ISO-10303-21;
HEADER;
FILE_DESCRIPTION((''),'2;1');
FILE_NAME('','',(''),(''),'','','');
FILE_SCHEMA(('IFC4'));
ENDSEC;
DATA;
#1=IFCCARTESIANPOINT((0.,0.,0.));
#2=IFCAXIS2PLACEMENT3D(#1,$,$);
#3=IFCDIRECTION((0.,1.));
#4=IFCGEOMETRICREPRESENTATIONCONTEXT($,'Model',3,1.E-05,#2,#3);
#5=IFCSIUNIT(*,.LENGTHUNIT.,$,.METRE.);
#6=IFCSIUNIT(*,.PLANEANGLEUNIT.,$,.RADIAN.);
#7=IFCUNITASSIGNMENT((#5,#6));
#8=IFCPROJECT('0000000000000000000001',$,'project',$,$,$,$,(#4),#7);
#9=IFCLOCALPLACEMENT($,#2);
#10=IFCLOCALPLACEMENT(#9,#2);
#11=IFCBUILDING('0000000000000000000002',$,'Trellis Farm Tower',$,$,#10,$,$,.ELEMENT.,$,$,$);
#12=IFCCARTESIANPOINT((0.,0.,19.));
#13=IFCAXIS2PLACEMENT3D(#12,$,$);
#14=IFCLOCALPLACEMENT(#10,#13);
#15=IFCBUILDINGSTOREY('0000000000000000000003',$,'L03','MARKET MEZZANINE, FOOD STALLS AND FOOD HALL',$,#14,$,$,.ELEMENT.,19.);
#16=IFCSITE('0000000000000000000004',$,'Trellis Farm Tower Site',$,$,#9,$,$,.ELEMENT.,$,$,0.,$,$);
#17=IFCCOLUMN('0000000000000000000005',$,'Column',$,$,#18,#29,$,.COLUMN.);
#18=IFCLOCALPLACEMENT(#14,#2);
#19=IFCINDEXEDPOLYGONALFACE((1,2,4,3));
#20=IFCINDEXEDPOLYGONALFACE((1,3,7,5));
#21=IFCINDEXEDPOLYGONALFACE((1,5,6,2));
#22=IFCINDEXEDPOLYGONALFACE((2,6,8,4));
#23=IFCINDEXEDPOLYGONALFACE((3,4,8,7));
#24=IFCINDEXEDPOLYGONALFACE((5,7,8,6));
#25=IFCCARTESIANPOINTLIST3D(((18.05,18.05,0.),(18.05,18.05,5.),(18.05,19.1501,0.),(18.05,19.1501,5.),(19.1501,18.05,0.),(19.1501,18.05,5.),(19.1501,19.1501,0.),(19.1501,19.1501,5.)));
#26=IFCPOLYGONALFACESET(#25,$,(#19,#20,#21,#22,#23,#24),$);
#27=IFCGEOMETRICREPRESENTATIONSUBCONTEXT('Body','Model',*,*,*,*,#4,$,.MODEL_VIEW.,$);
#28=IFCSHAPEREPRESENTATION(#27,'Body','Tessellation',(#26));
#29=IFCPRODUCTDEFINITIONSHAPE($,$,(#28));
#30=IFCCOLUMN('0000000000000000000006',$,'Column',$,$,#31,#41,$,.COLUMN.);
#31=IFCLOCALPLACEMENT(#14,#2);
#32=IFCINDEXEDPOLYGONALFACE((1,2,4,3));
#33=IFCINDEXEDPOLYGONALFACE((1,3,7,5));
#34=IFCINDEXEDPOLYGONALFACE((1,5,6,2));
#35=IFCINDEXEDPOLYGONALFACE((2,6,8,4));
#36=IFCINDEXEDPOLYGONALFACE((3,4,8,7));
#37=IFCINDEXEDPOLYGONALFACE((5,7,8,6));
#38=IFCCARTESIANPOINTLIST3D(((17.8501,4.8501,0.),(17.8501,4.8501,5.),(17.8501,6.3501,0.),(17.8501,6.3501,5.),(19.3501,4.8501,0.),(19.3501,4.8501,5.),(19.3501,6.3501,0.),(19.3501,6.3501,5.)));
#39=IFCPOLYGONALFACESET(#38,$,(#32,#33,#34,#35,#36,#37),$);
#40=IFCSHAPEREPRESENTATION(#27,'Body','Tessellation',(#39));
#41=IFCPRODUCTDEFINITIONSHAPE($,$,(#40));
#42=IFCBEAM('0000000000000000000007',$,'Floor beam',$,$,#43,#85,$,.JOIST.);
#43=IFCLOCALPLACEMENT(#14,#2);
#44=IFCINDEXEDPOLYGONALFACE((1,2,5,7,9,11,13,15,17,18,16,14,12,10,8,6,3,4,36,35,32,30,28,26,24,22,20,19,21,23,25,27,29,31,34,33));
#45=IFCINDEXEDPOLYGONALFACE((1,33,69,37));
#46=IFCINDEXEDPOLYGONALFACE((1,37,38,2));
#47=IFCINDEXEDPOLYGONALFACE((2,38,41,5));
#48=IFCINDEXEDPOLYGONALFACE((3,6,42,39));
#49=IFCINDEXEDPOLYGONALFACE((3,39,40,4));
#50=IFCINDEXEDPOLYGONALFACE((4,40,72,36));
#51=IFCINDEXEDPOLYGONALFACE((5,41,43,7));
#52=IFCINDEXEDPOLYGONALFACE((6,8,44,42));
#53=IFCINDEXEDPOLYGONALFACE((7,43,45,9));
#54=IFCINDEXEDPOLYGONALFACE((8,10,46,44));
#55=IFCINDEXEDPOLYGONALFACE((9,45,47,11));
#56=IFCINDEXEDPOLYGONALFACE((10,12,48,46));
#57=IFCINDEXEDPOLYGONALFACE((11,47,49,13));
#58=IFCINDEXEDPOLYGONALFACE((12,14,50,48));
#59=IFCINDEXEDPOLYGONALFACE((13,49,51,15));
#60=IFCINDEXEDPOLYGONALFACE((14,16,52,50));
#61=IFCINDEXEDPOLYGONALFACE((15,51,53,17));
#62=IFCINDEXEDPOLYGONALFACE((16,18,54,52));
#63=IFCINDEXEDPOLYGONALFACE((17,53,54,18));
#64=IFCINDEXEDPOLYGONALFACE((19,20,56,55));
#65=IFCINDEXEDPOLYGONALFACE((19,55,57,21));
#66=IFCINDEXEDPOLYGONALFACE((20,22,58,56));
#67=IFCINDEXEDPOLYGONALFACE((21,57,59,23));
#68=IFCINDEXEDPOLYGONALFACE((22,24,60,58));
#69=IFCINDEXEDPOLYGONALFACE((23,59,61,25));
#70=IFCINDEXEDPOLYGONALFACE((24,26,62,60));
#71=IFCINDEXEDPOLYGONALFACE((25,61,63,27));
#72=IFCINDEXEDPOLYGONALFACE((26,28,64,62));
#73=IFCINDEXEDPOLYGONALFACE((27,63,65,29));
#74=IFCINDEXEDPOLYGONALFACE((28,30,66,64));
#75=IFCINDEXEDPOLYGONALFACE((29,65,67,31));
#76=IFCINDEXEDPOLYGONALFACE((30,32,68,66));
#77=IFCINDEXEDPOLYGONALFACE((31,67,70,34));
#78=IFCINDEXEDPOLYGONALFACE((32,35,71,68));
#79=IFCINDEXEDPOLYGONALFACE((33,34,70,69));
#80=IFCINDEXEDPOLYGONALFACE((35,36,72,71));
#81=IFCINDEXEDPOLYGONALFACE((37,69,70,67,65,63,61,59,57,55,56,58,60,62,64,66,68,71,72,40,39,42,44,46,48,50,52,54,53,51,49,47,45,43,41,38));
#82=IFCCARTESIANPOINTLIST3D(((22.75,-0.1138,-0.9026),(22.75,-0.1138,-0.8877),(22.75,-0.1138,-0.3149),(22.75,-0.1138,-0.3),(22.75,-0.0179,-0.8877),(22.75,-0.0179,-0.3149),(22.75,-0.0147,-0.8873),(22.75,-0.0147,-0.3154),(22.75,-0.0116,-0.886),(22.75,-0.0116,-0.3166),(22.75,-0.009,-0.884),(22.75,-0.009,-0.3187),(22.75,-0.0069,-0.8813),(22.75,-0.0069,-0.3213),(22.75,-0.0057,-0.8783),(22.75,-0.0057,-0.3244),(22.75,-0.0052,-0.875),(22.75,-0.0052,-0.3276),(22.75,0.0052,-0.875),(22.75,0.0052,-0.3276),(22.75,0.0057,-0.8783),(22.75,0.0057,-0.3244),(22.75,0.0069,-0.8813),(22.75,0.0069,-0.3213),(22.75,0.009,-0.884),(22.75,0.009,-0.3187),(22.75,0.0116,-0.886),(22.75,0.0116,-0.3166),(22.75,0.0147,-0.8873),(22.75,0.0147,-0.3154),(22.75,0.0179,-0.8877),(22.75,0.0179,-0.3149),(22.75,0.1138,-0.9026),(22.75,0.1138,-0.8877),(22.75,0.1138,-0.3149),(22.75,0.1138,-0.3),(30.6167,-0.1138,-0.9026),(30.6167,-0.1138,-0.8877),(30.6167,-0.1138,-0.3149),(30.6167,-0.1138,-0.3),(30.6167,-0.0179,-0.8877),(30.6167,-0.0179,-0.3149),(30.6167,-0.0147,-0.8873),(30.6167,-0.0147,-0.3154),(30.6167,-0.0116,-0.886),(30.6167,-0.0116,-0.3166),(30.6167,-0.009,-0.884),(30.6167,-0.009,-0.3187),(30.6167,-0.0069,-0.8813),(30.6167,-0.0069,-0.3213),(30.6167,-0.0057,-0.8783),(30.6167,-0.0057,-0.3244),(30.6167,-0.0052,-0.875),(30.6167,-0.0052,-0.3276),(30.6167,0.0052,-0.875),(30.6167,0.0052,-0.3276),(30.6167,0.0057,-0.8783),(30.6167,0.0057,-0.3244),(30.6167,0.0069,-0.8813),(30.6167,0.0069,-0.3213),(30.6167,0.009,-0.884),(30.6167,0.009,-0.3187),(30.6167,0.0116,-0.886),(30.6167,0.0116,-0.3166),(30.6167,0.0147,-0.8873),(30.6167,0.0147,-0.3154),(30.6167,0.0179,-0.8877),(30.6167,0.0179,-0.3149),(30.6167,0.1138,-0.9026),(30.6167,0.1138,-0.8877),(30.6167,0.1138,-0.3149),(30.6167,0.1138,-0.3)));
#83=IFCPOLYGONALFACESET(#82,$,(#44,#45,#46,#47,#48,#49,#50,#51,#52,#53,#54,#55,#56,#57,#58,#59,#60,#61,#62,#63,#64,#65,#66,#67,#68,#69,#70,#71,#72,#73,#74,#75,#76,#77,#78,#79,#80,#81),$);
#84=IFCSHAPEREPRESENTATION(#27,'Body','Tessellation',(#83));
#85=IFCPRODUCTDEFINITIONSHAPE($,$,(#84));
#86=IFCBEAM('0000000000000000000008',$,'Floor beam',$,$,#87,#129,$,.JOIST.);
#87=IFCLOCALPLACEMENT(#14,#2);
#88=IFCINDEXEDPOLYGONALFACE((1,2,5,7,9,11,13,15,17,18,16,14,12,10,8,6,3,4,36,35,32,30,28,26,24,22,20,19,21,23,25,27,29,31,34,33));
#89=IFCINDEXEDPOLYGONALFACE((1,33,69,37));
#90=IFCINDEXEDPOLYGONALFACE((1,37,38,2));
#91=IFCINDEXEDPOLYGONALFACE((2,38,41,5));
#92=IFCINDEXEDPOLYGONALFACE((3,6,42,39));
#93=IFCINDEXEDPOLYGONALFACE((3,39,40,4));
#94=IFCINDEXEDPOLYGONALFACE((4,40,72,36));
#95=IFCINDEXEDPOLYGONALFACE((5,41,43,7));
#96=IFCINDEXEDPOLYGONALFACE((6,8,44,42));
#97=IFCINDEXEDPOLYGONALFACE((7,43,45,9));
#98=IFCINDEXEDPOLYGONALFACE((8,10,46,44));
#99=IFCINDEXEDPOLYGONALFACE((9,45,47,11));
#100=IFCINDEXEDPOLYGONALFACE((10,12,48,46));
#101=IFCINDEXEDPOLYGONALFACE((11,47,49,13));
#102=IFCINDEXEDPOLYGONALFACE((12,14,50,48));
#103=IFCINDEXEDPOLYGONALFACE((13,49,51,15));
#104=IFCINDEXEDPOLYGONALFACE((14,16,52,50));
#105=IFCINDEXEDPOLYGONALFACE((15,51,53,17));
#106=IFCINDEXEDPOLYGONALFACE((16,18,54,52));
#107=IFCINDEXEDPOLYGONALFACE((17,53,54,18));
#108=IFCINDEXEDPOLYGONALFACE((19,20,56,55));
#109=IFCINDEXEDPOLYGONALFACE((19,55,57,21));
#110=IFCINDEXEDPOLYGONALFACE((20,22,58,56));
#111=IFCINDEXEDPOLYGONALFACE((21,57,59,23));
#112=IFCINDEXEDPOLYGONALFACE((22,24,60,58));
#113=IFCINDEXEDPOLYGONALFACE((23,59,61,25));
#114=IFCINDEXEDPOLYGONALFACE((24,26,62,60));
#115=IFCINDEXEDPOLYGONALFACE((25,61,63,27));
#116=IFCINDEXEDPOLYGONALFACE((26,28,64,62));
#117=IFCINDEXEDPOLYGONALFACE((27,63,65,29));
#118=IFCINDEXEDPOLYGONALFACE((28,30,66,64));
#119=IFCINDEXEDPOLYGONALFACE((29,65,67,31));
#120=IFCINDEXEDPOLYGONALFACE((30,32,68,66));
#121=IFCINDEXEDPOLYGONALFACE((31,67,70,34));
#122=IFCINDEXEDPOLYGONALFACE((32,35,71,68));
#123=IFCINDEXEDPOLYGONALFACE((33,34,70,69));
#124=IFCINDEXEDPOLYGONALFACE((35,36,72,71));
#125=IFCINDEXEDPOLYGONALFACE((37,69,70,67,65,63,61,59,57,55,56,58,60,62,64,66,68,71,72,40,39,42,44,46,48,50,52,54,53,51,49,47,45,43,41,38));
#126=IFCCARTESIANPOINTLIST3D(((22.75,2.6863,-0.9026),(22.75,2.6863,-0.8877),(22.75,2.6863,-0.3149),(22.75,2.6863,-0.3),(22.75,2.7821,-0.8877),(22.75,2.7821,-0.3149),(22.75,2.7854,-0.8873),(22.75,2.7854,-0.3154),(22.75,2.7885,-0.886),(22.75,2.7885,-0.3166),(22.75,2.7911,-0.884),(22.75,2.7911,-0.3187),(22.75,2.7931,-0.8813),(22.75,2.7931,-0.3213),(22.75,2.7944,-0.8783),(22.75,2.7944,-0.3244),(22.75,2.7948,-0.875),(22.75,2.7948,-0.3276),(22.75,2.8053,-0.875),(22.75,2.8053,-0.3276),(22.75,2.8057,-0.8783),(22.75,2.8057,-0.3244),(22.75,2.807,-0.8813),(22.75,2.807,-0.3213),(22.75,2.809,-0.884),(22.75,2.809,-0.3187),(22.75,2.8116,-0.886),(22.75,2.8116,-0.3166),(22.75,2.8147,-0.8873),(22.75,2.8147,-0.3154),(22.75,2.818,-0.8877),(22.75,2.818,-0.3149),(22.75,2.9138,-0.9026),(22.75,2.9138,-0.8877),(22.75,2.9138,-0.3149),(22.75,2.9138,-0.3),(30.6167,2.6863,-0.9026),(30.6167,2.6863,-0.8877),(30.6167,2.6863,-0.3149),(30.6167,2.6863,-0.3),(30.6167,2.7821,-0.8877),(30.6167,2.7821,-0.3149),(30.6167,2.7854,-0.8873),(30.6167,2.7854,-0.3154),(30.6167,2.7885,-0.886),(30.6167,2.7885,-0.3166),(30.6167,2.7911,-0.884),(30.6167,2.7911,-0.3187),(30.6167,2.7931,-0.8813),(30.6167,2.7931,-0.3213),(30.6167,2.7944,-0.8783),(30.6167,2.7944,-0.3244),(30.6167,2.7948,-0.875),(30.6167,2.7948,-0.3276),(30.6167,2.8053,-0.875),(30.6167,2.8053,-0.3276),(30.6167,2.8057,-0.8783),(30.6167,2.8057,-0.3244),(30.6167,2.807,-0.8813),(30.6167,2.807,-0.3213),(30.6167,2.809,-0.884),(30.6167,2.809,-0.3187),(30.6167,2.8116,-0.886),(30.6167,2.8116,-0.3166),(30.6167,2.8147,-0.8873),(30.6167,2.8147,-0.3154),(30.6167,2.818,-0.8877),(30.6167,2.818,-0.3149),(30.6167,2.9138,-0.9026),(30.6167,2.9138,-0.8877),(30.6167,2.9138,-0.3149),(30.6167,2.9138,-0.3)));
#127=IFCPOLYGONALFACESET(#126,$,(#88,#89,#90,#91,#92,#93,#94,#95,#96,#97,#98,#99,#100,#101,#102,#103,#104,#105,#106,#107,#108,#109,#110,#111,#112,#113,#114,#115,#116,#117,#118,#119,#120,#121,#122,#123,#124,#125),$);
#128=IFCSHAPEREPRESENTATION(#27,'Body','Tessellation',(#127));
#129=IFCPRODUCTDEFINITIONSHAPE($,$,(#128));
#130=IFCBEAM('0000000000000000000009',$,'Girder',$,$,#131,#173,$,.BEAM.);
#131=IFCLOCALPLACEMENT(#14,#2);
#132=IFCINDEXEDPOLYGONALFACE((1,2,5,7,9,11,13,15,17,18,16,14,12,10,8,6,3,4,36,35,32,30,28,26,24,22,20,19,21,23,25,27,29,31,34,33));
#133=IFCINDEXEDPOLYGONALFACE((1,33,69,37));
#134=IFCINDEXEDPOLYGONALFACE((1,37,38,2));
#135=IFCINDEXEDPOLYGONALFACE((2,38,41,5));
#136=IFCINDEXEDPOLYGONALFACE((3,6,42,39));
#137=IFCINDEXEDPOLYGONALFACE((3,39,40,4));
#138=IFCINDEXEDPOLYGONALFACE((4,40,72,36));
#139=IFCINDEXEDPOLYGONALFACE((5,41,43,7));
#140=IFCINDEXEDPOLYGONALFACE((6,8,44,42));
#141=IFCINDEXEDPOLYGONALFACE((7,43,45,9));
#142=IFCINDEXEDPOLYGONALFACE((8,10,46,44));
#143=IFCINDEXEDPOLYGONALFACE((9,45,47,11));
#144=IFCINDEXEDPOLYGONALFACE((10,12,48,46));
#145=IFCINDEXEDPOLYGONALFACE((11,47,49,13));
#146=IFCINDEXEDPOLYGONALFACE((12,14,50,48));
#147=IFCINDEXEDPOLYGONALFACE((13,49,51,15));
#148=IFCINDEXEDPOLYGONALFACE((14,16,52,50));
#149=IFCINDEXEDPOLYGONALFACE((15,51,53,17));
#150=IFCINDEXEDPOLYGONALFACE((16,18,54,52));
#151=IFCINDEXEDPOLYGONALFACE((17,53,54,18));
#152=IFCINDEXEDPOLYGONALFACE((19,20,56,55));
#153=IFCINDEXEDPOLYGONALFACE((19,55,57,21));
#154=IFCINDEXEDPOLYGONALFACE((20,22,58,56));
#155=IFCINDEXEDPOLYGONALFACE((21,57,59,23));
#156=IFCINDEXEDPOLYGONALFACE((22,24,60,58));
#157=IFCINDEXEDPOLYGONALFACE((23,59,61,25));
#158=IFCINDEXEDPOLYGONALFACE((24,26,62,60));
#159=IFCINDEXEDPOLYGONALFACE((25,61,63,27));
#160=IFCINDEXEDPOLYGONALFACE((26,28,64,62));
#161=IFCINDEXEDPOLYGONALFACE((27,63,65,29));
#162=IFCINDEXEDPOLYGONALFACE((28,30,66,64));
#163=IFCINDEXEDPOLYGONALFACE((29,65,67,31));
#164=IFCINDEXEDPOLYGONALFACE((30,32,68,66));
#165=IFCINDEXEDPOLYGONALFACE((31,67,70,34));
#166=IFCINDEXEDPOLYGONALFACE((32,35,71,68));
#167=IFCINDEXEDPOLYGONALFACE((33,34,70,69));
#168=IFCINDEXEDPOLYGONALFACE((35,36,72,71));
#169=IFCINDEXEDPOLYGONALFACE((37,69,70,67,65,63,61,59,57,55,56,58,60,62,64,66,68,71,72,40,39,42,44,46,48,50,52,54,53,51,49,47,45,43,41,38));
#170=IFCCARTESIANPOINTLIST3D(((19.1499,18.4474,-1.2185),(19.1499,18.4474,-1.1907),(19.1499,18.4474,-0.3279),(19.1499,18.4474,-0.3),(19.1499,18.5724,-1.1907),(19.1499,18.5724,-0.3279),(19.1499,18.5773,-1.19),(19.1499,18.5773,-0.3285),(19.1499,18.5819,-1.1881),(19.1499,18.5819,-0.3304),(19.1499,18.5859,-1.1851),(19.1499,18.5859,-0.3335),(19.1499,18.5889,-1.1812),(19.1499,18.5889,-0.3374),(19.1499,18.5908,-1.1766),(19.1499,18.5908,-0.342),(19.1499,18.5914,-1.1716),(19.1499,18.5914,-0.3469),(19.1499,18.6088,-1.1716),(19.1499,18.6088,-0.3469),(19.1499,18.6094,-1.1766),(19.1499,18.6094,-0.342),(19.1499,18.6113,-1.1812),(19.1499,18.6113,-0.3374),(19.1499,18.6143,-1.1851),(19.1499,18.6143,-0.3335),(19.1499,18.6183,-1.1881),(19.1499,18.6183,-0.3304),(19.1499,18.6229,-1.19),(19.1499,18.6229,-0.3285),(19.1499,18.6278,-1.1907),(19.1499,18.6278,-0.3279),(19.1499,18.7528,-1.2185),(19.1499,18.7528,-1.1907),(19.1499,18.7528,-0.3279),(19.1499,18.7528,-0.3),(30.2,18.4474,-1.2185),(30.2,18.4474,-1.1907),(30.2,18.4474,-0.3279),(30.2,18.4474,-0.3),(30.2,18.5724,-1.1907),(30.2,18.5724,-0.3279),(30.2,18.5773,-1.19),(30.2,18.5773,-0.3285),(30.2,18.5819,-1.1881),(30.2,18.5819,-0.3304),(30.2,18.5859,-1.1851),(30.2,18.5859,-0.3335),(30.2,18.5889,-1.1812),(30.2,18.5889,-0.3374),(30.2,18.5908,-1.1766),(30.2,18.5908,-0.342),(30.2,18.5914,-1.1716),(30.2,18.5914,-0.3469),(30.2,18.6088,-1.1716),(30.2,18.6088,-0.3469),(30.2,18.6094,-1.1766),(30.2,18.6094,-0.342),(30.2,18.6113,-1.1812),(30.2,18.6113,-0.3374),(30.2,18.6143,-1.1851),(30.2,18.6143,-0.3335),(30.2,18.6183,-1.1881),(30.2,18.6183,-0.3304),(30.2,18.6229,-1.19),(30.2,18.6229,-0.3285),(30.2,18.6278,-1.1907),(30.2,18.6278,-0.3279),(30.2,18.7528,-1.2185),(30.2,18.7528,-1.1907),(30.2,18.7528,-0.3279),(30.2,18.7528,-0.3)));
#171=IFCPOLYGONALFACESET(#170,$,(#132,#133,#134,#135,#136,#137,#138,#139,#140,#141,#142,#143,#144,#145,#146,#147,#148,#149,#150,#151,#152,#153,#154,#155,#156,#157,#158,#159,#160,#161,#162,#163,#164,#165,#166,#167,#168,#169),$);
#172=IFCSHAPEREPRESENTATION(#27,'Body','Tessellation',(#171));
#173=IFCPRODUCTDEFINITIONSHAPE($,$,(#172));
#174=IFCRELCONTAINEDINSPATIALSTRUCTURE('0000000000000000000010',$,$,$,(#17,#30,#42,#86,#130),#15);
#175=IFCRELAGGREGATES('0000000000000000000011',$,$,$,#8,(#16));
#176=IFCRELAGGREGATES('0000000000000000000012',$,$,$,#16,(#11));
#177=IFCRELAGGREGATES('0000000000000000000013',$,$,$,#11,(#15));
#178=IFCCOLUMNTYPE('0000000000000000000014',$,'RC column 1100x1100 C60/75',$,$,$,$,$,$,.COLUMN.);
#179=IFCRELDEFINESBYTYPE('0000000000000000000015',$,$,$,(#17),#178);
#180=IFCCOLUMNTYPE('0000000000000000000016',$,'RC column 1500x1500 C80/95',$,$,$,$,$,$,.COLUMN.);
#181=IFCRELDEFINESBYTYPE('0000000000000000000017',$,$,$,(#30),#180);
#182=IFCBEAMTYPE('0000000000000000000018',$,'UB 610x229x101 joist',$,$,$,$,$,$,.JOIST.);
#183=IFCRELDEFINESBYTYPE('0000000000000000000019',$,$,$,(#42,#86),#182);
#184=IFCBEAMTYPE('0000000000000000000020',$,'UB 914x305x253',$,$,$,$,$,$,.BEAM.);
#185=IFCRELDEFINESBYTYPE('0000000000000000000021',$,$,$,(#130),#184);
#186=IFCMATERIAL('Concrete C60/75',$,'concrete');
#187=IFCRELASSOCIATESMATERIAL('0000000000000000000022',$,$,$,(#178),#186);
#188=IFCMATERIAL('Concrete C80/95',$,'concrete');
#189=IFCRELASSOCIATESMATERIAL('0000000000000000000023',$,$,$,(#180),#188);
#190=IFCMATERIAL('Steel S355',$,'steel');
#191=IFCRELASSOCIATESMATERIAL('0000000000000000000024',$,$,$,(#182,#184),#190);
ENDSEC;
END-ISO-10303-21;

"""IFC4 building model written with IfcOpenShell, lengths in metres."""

from ifc_helpers import new_model, si_unit, direction, frame, origin, origin_2d, place, context, subcontext, project, spatial, rectangle, i_section, extrude, source, transform, mapped, material, material_profile, profile_set, type_object, element, save


model = new_model("IFC4")

# Units and contexts
model_context = context("Model", 3, precision=1e-05, world=origin(), true_north=direction((0.0, 1.0)))
body_context = subcontext(model_context, "Body", "Model", "MODEL_VIEW")
ifc_project = project(units=[si_unit("LENGTHUNIT", "METRE"), si_unit("PLANEANGLEUNIT", "RADIAN")], contexts=[model_context])

# Site, building, storey
site_placement = place(None, origin())
site = spatial("IfcSite", under=ifc_project, at=site_placement, Name="Trellis Farm Tower Site", CompositionType="ELEMENT", RefElevation=0.0)
building_placement = place(site_placement, origin())
building = spatial("IfcBuilding", under=site, at=building_placement, Name="Trellis Farm Tower", CompositionType="ELEMENT")
storey_placement = place(building_placement, frame((0.0, 0.0, 19.0)))
storey = spatial("IfcBuildingStorey", under=building, at=storey_placement, Name="L03", Description="MARKET MEZZANINE, FOOD STALLS AND FOOD HALL", CompositionType="ELEMENT", Elevation=19.0)

# Columns
ifc_material_1 = material(Name="Concrete C60/75", Category="concrete")
ifc_material_profile_1 = material_profile(ifc_material_1, rectangle(XDim=1.1001, YDim=1.1001, at=origin_2d()), Name="RC column 1100x1100 C60/75")
ifc_profile_set_1 = profile_set([ifc_material_profile_1], Name="Concrete C60/75")
column_type_1 = type_object("IfcColumnType", Name="RC column 1100x1100 C60/75", PredefinedType="COLUMN", material=ifc_profile_set_1)
shared_shape_1 = source(origin(), body_context, "Body", "SweptSolid", [
    extrude(rectangle(XDim=1.1001, YDim=1.1001, at=origin_2d()), origin(), (0.0, 0.0, 1.0), 5.0),
])
column_1_placement = place(storey_placement, frame((18.6001, 18.6001, 0.0), z_axis=(0.0, 0.0, 1.0), x_axis=(1.0, 0.0, 0.0)))
element("IfcColumn", 1, at=column_1_placement, inside=storey, type_object=column_type_1, Name="Column", PredefinedType="COLUMN", context=body_context, shape_type="MappedRepresentation", body=[
    mapped(shared_shape_1, transform((0.0, 0.0, 0.0))),
])
ifc_material_2 = material(Name="Concrete C80/95", Category="concrete")
ifc_material_profile_2 = material_profile(ifc_material_2, rectangle(XDim=1.5, YDim=1.5, at=origin_2d()), Name="RC column 1500x1500 C80/95")
ifc_profile_set_2 = profile_set([ifc_material_profile_2], Name="Concrete C80/95")
column_type_2 = type_object("IfcColumnType", Name="RC column 1500x1500 C80/95", PredefinedType="COLUMN", material=ifc_profile_set_2)
shared_shape_2 = source(origin(), body_context, "Body", "SweptSolid", [
    extrude(rectangle(XDim=1.5, YDim=1.5, at=origin_2d()), origin(), (0.0, 0.0, 1.0), 5.0),
])
column_2_placement = place(storey_placement, frame((18.6001, 5.6001, 0.0), z_axis=(0.0, 0.0, 1.0), x_axis=(1.0, 0.0, 0.0)))
element("IfcColumn", 2, at=column_2_placement, inside=storey, type_object=column_type_2, Name="Column", PredefinedType="COLUMN", context=body_context, shape_type="MappedRepresentation", body=[
    mapped(shared_shape_2, transform((0.0, 0.0, 0.0))),
])

# Beams
ifc_material_3 = material(Name="Steel S355", Category="steel")
ifc_material_profile_3 = material_profile(ifc_material_3, i_section(OverallWidth=0.2275, OverallDepth=0.6025, WebThickness=0.0105, FlangeThickness=0.0149, FilletRadius=0.0127, at=origin_2d()), Name="UB 610x229x101")
ifc_profile_set_3 = profile_set([ifc_material_profile_3], Name="Steel S355")
beam_type_1 = type_object("IfcBeamType", Name="UB 610x229x101 joist", PredefinedType="JOIST", material=ifc_profile_set_3)
shared_shape_3 = source(origin(), body_context, "Body", "SweptSolid", [
    extrude(i_section(OverallWidth=0.2275, OverallDepth=0.6025, WebThickness=0.0105, FlangeThickness=0.0149, FilletRadius=0.0127, at=origin_2d()), origin(), (0.0, 0.0, 1.0), 7.8667),
])
for number, where, z_axis, x_axis, name in (
    (3, (22.75, 0.0, -0.6013), (1.0, 0.0, 0.0), (0.0, 1.0, 0.0), "Floor beam"),
    (4, (22.75, 2.8, -0.6013), (1.0, 0.0, 0.0), (0.0, 1.0, 0.0), "Floor beam"),
):
    element("IfcBeam", number, at=place(storey_placement, frame(where, z_axis=z_axis, x_axis=x_axis)), inside=storey, type_object=beam_type_1, Name=name, PredefinedType="JOIST", context=body_context, shape_type="MappedRepresentation", body=[
        mapped(shared_shape_3, transform((0.0, 0.0, 0.0))),
    ])
ifc_material_profile_4 = material_profile(ifc_material_3, i_section(OverallWidth=0.3054, OverallDepth=0.9185, WebThickness=0.0173, FlangeThickness=0.0278, FilletRadius=0.019, at=origin_2d()), Name="UB 914x305x253")
ifc_profile_set_4 = profile_set([ifc_material_profile_4], Name="Steel S355")
beam_type_2 = type_object("IfcBeamType", Name="UB 914x305x253", PredefinedType="BEAM", material=ifc_profile_set_4)
shared_shape_4 = source(origin(), body_context, "Body", "SweptSolid", [
    extrude(i_section(OverallWidth=0.3054, OverallDepth=0.9185, WebThickness=0.0173, FlangeThickness=0.0278, FilletRadius=0.019, at=origin_2d()), origin(), (0.0, 0.0, 1.0), 11.05),
])
for number, where, z_axis, x_axis, name in (
    (5, (19.1499, 18.6001, -0.7593), (1.0, 0.0, 0.0), (0.0, 1.0, 0.0), "Girder"),
):
    element("IfcBeam", number, at=place(storey_placement, frame(where, z_axis=z_axis, x_axis=x_axis)), inside=storey, type_object=beam_type_2, Name=name, PredefinedType="BEAM", context=body_context, shape_type="MappedRepresentation", body=[
        mapped(shared_shape_4, transform((0.0, 0.0, 0.0))),
    ])

save(model, "model.ifc")
